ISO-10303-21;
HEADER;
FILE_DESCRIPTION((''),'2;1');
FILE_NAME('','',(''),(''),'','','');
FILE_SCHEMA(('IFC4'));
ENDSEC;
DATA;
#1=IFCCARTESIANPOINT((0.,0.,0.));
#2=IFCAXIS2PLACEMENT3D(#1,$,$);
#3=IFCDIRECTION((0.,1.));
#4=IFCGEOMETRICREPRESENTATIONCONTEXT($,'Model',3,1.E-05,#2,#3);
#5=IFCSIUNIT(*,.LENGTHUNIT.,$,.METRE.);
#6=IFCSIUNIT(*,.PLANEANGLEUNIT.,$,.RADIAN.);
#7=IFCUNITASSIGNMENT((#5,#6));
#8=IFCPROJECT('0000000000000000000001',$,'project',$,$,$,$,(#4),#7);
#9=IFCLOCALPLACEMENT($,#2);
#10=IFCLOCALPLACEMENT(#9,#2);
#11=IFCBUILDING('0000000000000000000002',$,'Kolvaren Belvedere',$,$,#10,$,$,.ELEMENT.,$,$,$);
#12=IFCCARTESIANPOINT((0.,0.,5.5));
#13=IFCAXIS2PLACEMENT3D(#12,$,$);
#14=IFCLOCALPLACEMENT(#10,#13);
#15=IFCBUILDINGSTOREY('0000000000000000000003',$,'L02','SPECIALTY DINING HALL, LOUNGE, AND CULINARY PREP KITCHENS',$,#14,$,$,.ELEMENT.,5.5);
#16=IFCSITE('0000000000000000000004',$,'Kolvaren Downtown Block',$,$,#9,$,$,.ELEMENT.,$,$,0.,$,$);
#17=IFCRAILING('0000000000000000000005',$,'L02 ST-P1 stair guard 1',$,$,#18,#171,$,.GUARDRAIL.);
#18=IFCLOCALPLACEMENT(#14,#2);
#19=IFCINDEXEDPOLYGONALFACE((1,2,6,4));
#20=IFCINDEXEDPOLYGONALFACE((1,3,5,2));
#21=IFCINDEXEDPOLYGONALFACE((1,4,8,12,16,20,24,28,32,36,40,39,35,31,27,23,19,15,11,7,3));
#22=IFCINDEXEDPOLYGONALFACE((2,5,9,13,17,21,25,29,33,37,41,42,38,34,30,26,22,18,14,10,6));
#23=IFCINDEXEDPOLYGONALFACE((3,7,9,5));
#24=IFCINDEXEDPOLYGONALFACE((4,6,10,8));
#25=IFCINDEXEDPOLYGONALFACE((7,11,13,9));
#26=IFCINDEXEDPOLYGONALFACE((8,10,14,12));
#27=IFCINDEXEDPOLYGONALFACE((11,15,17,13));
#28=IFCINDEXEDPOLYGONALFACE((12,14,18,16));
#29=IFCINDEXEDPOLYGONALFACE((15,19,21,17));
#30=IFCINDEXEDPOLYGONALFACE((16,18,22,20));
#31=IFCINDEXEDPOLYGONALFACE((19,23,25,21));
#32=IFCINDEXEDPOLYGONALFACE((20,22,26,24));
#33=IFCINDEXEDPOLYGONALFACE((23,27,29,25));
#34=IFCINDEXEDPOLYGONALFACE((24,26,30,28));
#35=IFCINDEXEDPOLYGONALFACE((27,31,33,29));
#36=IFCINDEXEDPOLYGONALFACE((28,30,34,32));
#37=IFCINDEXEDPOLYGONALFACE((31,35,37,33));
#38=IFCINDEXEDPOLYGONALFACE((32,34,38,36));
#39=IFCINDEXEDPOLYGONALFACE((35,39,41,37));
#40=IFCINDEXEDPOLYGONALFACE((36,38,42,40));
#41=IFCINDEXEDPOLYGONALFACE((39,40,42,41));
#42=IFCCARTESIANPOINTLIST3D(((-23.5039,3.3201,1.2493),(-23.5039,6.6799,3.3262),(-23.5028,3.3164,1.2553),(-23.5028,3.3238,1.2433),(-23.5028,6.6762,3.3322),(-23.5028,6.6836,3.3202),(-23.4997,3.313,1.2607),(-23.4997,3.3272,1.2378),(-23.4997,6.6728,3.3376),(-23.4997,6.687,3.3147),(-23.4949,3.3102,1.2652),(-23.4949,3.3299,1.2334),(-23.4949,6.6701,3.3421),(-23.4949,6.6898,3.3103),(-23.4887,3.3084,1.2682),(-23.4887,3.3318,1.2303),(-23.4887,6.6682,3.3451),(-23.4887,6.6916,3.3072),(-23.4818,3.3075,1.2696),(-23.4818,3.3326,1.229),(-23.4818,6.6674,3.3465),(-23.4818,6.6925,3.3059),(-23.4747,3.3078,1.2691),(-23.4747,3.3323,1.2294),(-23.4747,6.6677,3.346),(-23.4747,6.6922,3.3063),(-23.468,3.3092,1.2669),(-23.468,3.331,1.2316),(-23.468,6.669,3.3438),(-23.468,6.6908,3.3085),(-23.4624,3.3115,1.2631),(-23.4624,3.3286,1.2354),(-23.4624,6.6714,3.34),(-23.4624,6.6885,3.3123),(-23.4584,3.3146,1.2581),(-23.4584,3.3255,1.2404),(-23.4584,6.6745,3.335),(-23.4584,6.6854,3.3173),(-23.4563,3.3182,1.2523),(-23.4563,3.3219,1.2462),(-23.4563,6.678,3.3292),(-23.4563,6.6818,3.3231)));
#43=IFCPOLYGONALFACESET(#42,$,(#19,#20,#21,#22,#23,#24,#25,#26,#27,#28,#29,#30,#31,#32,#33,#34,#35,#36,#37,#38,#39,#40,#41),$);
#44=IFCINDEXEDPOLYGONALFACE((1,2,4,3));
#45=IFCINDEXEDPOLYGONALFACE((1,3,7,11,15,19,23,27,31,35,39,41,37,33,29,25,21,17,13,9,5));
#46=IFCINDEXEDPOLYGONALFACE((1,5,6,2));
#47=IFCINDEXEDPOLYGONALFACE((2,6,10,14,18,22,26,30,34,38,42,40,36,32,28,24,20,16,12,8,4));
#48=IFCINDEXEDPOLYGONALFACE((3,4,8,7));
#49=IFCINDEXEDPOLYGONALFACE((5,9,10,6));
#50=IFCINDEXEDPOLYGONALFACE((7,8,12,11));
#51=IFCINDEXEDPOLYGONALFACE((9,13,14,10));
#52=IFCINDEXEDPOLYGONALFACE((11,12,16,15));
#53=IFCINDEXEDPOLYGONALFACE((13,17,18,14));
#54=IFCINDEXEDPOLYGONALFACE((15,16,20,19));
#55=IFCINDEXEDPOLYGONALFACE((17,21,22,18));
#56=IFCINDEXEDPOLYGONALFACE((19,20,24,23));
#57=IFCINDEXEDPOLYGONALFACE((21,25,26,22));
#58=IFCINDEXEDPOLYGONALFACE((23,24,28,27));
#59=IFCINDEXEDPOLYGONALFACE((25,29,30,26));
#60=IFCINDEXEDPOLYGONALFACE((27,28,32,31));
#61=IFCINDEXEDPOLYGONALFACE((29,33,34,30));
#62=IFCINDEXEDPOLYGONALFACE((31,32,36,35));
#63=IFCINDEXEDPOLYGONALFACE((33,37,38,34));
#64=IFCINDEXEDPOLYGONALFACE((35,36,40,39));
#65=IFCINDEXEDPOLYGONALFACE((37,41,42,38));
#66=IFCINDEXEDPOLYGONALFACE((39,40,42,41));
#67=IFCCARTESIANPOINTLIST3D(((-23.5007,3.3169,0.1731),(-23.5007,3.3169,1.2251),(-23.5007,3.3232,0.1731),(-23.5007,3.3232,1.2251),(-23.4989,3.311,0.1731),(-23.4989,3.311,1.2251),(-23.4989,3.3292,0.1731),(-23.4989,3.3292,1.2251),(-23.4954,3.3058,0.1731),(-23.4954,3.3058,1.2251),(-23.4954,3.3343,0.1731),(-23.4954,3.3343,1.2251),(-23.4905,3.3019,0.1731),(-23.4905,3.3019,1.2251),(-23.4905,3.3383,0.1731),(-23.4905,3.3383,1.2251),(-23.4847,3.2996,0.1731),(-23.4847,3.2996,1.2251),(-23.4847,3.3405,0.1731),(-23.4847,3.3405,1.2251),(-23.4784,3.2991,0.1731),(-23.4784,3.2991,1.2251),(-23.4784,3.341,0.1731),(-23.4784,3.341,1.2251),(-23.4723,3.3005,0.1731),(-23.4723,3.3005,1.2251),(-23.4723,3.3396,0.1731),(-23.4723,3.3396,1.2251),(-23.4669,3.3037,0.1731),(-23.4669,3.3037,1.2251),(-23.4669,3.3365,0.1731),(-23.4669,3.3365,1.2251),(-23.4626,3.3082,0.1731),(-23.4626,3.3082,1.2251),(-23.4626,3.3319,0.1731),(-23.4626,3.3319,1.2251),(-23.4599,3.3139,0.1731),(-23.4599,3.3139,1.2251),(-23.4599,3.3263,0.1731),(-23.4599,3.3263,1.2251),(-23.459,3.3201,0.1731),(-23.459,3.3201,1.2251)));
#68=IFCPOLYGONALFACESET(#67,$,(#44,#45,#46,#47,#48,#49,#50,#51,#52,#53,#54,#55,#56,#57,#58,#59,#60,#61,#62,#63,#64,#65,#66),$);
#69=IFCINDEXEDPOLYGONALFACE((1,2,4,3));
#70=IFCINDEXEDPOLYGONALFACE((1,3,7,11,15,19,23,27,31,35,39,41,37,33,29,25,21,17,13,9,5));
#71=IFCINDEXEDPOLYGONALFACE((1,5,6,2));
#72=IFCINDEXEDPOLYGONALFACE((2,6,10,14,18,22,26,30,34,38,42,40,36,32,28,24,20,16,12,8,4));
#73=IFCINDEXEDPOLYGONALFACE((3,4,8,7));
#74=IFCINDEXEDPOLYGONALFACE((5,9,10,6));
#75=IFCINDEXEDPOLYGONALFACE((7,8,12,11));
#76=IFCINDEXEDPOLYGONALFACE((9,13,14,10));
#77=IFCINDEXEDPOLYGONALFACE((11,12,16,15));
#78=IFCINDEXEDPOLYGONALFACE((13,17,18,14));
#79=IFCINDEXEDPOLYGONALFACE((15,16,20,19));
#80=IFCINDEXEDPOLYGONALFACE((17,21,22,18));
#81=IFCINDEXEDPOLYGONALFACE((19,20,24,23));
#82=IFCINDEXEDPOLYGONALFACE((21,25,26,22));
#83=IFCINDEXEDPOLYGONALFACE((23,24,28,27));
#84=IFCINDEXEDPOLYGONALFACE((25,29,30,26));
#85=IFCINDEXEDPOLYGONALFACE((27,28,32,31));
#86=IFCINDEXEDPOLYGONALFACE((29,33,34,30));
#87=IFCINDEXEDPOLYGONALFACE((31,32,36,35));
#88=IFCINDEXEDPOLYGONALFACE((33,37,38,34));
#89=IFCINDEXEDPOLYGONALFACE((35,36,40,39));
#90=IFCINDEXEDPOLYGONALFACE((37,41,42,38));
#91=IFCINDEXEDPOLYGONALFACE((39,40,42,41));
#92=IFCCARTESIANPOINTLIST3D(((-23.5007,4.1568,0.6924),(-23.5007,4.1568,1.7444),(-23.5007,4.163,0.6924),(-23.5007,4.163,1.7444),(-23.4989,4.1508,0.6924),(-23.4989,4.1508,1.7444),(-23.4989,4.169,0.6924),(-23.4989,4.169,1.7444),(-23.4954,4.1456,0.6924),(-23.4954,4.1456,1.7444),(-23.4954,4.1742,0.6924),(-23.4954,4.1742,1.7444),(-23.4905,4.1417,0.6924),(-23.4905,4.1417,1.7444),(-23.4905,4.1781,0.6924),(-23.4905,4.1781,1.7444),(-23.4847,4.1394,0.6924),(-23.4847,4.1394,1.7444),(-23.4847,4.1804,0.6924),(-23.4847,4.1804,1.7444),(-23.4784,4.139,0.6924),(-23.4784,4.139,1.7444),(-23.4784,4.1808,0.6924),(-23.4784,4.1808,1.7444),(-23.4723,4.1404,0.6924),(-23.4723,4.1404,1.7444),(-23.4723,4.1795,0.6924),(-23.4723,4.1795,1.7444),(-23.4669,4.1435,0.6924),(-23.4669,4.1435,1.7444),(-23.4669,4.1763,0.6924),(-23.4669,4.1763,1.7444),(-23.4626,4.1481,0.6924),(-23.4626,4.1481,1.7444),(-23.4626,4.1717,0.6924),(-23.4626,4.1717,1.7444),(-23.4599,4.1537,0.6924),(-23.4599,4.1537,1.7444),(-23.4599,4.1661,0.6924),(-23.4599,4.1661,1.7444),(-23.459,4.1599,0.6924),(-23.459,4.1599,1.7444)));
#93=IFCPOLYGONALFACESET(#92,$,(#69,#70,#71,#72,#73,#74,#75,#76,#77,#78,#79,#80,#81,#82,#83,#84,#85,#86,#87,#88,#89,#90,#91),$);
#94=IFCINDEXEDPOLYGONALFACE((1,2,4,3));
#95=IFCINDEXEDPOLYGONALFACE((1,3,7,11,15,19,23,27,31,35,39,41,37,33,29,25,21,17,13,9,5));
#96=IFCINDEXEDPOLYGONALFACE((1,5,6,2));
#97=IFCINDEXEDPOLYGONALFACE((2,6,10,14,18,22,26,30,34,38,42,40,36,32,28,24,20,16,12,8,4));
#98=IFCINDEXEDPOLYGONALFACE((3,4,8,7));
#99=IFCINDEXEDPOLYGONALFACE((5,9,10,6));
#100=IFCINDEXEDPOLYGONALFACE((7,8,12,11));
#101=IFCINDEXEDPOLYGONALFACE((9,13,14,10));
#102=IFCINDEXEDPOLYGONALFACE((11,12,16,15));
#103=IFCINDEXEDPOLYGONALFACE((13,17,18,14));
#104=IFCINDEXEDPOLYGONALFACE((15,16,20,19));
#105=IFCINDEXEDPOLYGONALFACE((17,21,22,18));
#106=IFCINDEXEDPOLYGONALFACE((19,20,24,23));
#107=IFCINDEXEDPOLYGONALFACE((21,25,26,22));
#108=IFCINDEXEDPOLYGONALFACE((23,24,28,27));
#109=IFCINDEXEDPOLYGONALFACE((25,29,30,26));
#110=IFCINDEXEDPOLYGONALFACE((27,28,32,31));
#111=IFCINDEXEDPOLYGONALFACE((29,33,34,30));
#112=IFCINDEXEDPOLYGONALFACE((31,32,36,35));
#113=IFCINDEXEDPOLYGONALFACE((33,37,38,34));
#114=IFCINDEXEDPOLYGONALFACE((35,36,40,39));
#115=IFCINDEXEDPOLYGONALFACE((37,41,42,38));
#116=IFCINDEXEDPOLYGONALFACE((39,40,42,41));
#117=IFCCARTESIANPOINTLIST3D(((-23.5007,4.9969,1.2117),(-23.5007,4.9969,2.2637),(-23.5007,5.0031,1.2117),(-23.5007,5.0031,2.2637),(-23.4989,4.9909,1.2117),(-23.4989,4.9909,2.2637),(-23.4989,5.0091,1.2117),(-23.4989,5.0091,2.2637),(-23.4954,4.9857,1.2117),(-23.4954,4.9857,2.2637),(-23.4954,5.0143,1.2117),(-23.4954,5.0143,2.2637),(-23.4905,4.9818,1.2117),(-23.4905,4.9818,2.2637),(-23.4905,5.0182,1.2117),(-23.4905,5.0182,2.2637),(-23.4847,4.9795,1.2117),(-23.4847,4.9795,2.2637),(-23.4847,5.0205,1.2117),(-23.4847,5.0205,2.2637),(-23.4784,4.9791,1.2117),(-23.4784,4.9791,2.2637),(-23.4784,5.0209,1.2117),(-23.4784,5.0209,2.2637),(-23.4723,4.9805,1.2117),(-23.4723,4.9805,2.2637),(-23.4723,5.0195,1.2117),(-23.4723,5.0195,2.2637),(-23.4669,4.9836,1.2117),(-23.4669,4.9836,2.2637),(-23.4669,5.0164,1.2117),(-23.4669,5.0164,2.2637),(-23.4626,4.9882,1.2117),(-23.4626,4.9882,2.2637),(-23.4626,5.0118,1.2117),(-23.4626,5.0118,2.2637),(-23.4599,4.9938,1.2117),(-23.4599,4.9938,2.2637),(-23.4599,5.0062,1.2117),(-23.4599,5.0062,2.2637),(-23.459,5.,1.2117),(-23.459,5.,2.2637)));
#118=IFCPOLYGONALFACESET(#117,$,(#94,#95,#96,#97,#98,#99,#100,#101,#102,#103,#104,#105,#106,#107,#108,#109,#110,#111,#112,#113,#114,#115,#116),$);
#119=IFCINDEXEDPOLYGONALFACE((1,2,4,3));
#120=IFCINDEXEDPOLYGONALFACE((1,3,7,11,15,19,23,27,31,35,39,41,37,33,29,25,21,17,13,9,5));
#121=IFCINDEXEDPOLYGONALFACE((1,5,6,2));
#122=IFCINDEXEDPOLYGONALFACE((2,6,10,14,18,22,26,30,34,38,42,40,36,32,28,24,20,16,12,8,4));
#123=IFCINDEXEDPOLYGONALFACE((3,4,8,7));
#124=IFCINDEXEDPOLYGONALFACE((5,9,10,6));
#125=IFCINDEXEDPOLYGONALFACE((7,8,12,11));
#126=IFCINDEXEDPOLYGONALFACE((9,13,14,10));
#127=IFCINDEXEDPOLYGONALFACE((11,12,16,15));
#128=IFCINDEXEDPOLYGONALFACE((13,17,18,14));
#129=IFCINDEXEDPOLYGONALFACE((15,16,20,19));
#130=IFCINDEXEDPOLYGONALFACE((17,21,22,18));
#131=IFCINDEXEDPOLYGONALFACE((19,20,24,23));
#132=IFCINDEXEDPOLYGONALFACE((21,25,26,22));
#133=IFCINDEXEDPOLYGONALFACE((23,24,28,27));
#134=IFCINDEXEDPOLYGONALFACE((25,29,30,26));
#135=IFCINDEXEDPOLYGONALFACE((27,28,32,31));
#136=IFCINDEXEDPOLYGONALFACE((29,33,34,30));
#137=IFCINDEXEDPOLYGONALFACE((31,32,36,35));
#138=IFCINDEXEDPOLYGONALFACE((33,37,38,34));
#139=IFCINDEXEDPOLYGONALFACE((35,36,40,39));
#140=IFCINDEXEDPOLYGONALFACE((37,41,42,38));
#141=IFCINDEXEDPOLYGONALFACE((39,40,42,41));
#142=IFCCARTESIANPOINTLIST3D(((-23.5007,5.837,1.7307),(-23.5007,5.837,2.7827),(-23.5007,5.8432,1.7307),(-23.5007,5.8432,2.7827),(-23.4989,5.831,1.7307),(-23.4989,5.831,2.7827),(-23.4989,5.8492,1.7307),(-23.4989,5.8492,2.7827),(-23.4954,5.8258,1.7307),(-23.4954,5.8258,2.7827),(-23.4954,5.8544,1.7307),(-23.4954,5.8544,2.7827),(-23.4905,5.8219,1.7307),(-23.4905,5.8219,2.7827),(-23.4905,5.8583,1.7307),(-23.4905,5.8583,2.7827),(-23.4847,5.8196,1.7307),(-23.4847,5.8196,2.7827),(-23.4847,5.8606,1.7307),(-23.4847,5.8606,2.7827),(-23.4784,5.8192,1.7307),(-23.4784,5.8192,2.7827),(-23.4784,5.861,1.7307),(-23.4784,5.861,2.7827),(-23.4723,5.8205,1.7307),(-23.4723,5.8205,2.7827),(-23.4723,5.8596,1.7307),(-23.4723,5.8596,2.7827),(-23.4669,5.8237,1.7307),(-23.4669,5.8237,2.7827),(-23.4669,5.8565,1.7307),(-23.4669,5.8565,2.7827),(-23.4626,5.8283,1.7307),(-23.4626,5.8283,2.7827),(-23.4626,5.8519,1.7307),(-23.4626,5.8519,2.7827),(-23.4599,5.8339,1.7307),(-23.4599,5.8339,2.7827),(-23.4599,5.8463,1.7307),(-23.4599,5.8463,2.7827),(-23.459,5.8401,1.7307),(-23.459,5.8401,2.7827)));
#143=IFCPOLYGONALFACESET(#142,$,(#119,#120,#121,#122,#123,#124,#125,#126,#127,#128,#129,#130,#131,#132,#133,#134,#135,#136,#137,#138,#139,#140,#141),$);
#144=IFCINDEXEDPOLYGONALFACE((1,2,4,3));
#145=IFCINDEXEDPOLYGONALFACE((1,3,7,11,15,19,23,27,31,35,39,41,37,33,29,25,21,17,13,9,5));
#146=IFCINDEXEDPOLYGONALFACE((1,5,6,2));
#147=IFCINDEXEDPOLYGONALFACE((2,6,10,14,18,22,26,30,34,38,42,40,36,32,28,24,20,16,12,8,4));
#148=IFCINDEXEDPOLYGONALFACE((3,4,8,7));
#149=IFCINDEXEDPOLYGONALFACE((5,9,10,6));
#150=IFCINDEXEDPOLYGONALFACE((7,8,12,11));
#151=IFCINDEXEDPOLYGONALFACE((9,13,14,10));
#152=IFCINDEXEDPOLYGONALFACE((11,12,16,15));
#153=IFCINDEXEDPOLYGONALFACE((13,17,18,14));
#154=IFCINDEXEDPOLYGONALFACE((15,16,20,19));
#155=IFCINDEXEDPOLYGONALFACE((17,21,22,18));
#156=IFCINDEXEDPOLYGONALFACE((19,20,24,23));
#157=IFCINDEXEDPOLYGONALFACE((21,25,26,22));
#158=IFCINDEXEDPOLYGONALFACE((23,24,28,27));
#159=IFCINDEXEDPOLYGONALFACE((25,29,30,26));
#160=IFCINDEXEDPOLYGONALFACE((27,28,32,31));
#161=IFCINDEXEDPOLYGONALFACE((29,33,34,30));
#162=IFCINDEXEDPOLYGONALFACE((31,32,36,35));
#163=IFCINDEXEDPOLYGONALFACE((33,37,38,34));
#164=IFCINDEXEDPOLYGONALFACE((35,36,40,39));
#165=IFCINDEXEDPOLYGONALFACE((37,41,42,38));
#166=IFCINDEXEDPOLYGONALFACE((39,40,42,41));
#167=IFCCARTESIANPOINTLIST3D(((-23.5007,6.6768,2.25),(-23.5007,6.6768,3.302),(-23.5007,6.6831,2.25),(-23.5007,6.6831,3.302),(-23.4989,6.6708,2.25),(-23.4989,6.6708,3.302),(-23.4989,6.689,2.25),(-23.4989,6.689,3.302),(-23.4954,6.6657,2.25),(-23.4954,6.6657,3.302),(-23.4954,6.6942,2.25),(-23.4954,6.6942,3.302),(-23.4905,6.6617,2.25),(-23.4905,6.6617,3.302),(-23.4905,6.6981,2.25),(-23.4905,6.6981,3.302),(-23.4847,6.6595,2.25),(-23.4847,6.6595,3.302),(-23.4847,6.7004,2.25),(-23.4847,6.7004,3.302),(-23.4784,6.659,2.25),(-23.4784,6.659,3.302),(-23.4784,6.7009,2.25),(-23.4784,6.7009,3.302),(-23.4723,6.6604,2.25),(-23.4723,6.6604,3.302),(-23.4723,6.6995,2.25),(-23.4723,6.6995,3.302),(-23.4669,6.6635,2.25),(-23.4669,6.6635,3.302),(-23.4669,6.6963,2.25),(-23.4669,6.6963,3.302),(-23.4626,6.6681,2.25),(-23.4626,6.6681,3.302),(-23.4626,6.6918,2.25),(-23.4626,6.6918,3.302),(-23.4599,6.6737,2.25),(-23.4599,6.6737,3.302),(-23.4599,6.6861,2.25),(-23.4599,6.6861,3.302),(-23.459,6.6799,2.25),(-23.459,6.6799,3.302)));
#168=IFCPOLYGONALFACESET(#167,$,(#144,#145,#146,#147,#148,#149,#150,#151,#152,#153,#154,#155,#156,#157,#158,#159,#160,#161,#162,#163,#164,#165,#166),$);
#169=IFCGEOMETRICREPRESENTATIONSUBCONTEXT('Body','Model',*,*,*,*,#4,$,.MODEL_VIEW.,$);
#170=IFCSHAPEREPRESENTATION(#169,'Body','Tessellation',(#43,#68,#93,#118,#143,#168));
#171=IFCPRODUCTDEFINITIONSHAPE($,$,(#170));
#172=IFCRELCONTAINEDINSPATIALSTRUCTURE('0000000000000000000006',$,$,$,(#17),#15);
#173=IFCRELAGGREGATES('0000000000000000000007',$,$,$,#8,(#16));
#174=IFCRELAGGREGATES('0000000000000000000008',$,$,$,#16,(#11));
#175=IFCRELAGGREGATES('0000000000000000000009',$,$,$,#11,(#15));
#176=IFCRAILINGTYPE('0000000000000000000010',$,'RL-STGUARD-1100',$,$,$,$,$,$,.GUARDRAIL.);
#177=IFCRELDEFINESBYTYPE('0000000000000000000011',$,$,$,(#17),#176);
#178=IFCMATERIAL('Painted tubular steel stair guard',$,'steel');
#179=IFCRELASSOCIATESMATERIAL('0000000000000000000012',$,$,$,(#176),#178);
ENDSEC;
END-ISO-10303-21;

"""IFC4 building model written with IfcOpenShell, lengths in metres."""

from ifc_helpers import new_model, si_unit, direction, frame, origin, origin_2d, place, context, subcontext, project, spatial, circle, extrude, material, type_object, element, save


model = new_model("IFC4")

# Units and contexts
model_context = context("Model", 3, precision=1e-05, world=origin(), true_north=direction((0.0, 1.0)))
body_context = subcontext(model_context, "Body", "Model", "MODEL_VIEW")
ifc_project = project(units=[si_unit("LENGTHUNIT", "METRE"), si_unit("PLANEANGLEUNIT", "RADIAN")], contexts=[model_context])

# Site, building, storey
site_placement = place(None, origin())
site = spatial("IfcSite", under=ifc_project, at=site_placement, Name="Kolvaren Downtown Block", CompositionType="ELEMENT", RefElevation=0.0)
building_placement = place(site_placement, origin())
building = spatial("IfcBuilding", under=site, at=building_placement, Name="Kolvaren Belvedere", CompositionType="ELEMENT")
storey_placement = place(building_placement, frame((0.0, 0.0, 5.5)))
storey = spatial("IfcBuildingStorey", under=building, at=storey_placement, Name="L02", Description="SPECIALTY DINING HALL, LOUNGE, AND CULINARY PREP KITCHENS", CompositionType="ELEMENT", Elevation=5.5)

# Railing
ifc_material_1 = material(Name="Painted tubular steel stair guard", Category="steel")
railing_type_1 = type_object("IfcRailingType", Name="RL-STGUARD-1100", PredefinedType="GUARDRAIL", material=ifc_material_1)
railing_1_placement = place(storey_placement, frame((-23.48, 3.3201, 0.1731)))
element("IfcRailing", 1, at=railing_1_placement, inside=storey, type_object=railing_type_1, Name="L02 ST-P1 stair guard 1", PredefinedType="GUARDRAIL", context=body_context, shape_type="SweptSolid", body=[
    extrude(circle(Radius=0.0239, at=origin_2d()), frame((0.0, 0.0, 1.0762), z_axis=(0.0, 0.850606, 0.525803), x_axis=(-1.0, 0.0, 0.0)), (0.0, 0.0, 1.0), 3.95),
    extrude(circle(Radius=0.021, at=origin_2d()), origin(), (0.0, 0.0, 1.0), 1.052),
    extrude(circle(Radius=0.021, at=origin_2d()), frame((0.0, 0.8398, 0.5193)), (0.0, 0.0, 1.0), 1.052),
    extrude(circle(Radius=0.021, at=origin_2d()), frame((0.0, 1.6799, 1.0386)), (0.0, 0.0, 1.0), 1.052),
    extrude(circle(Radius=0.021, at=origin_2d()), frame((0.0, 2.52, 1.5576)), (0.0, 0.0, 1.0), 1.052),
    extrude(circle(Radius=0.021, at=origin_2d()), frame((0.0, 3.3599, 2.0769)), (0.0, 0.0, 1.0), 1.052),
])

save(model, "model.ifc")
